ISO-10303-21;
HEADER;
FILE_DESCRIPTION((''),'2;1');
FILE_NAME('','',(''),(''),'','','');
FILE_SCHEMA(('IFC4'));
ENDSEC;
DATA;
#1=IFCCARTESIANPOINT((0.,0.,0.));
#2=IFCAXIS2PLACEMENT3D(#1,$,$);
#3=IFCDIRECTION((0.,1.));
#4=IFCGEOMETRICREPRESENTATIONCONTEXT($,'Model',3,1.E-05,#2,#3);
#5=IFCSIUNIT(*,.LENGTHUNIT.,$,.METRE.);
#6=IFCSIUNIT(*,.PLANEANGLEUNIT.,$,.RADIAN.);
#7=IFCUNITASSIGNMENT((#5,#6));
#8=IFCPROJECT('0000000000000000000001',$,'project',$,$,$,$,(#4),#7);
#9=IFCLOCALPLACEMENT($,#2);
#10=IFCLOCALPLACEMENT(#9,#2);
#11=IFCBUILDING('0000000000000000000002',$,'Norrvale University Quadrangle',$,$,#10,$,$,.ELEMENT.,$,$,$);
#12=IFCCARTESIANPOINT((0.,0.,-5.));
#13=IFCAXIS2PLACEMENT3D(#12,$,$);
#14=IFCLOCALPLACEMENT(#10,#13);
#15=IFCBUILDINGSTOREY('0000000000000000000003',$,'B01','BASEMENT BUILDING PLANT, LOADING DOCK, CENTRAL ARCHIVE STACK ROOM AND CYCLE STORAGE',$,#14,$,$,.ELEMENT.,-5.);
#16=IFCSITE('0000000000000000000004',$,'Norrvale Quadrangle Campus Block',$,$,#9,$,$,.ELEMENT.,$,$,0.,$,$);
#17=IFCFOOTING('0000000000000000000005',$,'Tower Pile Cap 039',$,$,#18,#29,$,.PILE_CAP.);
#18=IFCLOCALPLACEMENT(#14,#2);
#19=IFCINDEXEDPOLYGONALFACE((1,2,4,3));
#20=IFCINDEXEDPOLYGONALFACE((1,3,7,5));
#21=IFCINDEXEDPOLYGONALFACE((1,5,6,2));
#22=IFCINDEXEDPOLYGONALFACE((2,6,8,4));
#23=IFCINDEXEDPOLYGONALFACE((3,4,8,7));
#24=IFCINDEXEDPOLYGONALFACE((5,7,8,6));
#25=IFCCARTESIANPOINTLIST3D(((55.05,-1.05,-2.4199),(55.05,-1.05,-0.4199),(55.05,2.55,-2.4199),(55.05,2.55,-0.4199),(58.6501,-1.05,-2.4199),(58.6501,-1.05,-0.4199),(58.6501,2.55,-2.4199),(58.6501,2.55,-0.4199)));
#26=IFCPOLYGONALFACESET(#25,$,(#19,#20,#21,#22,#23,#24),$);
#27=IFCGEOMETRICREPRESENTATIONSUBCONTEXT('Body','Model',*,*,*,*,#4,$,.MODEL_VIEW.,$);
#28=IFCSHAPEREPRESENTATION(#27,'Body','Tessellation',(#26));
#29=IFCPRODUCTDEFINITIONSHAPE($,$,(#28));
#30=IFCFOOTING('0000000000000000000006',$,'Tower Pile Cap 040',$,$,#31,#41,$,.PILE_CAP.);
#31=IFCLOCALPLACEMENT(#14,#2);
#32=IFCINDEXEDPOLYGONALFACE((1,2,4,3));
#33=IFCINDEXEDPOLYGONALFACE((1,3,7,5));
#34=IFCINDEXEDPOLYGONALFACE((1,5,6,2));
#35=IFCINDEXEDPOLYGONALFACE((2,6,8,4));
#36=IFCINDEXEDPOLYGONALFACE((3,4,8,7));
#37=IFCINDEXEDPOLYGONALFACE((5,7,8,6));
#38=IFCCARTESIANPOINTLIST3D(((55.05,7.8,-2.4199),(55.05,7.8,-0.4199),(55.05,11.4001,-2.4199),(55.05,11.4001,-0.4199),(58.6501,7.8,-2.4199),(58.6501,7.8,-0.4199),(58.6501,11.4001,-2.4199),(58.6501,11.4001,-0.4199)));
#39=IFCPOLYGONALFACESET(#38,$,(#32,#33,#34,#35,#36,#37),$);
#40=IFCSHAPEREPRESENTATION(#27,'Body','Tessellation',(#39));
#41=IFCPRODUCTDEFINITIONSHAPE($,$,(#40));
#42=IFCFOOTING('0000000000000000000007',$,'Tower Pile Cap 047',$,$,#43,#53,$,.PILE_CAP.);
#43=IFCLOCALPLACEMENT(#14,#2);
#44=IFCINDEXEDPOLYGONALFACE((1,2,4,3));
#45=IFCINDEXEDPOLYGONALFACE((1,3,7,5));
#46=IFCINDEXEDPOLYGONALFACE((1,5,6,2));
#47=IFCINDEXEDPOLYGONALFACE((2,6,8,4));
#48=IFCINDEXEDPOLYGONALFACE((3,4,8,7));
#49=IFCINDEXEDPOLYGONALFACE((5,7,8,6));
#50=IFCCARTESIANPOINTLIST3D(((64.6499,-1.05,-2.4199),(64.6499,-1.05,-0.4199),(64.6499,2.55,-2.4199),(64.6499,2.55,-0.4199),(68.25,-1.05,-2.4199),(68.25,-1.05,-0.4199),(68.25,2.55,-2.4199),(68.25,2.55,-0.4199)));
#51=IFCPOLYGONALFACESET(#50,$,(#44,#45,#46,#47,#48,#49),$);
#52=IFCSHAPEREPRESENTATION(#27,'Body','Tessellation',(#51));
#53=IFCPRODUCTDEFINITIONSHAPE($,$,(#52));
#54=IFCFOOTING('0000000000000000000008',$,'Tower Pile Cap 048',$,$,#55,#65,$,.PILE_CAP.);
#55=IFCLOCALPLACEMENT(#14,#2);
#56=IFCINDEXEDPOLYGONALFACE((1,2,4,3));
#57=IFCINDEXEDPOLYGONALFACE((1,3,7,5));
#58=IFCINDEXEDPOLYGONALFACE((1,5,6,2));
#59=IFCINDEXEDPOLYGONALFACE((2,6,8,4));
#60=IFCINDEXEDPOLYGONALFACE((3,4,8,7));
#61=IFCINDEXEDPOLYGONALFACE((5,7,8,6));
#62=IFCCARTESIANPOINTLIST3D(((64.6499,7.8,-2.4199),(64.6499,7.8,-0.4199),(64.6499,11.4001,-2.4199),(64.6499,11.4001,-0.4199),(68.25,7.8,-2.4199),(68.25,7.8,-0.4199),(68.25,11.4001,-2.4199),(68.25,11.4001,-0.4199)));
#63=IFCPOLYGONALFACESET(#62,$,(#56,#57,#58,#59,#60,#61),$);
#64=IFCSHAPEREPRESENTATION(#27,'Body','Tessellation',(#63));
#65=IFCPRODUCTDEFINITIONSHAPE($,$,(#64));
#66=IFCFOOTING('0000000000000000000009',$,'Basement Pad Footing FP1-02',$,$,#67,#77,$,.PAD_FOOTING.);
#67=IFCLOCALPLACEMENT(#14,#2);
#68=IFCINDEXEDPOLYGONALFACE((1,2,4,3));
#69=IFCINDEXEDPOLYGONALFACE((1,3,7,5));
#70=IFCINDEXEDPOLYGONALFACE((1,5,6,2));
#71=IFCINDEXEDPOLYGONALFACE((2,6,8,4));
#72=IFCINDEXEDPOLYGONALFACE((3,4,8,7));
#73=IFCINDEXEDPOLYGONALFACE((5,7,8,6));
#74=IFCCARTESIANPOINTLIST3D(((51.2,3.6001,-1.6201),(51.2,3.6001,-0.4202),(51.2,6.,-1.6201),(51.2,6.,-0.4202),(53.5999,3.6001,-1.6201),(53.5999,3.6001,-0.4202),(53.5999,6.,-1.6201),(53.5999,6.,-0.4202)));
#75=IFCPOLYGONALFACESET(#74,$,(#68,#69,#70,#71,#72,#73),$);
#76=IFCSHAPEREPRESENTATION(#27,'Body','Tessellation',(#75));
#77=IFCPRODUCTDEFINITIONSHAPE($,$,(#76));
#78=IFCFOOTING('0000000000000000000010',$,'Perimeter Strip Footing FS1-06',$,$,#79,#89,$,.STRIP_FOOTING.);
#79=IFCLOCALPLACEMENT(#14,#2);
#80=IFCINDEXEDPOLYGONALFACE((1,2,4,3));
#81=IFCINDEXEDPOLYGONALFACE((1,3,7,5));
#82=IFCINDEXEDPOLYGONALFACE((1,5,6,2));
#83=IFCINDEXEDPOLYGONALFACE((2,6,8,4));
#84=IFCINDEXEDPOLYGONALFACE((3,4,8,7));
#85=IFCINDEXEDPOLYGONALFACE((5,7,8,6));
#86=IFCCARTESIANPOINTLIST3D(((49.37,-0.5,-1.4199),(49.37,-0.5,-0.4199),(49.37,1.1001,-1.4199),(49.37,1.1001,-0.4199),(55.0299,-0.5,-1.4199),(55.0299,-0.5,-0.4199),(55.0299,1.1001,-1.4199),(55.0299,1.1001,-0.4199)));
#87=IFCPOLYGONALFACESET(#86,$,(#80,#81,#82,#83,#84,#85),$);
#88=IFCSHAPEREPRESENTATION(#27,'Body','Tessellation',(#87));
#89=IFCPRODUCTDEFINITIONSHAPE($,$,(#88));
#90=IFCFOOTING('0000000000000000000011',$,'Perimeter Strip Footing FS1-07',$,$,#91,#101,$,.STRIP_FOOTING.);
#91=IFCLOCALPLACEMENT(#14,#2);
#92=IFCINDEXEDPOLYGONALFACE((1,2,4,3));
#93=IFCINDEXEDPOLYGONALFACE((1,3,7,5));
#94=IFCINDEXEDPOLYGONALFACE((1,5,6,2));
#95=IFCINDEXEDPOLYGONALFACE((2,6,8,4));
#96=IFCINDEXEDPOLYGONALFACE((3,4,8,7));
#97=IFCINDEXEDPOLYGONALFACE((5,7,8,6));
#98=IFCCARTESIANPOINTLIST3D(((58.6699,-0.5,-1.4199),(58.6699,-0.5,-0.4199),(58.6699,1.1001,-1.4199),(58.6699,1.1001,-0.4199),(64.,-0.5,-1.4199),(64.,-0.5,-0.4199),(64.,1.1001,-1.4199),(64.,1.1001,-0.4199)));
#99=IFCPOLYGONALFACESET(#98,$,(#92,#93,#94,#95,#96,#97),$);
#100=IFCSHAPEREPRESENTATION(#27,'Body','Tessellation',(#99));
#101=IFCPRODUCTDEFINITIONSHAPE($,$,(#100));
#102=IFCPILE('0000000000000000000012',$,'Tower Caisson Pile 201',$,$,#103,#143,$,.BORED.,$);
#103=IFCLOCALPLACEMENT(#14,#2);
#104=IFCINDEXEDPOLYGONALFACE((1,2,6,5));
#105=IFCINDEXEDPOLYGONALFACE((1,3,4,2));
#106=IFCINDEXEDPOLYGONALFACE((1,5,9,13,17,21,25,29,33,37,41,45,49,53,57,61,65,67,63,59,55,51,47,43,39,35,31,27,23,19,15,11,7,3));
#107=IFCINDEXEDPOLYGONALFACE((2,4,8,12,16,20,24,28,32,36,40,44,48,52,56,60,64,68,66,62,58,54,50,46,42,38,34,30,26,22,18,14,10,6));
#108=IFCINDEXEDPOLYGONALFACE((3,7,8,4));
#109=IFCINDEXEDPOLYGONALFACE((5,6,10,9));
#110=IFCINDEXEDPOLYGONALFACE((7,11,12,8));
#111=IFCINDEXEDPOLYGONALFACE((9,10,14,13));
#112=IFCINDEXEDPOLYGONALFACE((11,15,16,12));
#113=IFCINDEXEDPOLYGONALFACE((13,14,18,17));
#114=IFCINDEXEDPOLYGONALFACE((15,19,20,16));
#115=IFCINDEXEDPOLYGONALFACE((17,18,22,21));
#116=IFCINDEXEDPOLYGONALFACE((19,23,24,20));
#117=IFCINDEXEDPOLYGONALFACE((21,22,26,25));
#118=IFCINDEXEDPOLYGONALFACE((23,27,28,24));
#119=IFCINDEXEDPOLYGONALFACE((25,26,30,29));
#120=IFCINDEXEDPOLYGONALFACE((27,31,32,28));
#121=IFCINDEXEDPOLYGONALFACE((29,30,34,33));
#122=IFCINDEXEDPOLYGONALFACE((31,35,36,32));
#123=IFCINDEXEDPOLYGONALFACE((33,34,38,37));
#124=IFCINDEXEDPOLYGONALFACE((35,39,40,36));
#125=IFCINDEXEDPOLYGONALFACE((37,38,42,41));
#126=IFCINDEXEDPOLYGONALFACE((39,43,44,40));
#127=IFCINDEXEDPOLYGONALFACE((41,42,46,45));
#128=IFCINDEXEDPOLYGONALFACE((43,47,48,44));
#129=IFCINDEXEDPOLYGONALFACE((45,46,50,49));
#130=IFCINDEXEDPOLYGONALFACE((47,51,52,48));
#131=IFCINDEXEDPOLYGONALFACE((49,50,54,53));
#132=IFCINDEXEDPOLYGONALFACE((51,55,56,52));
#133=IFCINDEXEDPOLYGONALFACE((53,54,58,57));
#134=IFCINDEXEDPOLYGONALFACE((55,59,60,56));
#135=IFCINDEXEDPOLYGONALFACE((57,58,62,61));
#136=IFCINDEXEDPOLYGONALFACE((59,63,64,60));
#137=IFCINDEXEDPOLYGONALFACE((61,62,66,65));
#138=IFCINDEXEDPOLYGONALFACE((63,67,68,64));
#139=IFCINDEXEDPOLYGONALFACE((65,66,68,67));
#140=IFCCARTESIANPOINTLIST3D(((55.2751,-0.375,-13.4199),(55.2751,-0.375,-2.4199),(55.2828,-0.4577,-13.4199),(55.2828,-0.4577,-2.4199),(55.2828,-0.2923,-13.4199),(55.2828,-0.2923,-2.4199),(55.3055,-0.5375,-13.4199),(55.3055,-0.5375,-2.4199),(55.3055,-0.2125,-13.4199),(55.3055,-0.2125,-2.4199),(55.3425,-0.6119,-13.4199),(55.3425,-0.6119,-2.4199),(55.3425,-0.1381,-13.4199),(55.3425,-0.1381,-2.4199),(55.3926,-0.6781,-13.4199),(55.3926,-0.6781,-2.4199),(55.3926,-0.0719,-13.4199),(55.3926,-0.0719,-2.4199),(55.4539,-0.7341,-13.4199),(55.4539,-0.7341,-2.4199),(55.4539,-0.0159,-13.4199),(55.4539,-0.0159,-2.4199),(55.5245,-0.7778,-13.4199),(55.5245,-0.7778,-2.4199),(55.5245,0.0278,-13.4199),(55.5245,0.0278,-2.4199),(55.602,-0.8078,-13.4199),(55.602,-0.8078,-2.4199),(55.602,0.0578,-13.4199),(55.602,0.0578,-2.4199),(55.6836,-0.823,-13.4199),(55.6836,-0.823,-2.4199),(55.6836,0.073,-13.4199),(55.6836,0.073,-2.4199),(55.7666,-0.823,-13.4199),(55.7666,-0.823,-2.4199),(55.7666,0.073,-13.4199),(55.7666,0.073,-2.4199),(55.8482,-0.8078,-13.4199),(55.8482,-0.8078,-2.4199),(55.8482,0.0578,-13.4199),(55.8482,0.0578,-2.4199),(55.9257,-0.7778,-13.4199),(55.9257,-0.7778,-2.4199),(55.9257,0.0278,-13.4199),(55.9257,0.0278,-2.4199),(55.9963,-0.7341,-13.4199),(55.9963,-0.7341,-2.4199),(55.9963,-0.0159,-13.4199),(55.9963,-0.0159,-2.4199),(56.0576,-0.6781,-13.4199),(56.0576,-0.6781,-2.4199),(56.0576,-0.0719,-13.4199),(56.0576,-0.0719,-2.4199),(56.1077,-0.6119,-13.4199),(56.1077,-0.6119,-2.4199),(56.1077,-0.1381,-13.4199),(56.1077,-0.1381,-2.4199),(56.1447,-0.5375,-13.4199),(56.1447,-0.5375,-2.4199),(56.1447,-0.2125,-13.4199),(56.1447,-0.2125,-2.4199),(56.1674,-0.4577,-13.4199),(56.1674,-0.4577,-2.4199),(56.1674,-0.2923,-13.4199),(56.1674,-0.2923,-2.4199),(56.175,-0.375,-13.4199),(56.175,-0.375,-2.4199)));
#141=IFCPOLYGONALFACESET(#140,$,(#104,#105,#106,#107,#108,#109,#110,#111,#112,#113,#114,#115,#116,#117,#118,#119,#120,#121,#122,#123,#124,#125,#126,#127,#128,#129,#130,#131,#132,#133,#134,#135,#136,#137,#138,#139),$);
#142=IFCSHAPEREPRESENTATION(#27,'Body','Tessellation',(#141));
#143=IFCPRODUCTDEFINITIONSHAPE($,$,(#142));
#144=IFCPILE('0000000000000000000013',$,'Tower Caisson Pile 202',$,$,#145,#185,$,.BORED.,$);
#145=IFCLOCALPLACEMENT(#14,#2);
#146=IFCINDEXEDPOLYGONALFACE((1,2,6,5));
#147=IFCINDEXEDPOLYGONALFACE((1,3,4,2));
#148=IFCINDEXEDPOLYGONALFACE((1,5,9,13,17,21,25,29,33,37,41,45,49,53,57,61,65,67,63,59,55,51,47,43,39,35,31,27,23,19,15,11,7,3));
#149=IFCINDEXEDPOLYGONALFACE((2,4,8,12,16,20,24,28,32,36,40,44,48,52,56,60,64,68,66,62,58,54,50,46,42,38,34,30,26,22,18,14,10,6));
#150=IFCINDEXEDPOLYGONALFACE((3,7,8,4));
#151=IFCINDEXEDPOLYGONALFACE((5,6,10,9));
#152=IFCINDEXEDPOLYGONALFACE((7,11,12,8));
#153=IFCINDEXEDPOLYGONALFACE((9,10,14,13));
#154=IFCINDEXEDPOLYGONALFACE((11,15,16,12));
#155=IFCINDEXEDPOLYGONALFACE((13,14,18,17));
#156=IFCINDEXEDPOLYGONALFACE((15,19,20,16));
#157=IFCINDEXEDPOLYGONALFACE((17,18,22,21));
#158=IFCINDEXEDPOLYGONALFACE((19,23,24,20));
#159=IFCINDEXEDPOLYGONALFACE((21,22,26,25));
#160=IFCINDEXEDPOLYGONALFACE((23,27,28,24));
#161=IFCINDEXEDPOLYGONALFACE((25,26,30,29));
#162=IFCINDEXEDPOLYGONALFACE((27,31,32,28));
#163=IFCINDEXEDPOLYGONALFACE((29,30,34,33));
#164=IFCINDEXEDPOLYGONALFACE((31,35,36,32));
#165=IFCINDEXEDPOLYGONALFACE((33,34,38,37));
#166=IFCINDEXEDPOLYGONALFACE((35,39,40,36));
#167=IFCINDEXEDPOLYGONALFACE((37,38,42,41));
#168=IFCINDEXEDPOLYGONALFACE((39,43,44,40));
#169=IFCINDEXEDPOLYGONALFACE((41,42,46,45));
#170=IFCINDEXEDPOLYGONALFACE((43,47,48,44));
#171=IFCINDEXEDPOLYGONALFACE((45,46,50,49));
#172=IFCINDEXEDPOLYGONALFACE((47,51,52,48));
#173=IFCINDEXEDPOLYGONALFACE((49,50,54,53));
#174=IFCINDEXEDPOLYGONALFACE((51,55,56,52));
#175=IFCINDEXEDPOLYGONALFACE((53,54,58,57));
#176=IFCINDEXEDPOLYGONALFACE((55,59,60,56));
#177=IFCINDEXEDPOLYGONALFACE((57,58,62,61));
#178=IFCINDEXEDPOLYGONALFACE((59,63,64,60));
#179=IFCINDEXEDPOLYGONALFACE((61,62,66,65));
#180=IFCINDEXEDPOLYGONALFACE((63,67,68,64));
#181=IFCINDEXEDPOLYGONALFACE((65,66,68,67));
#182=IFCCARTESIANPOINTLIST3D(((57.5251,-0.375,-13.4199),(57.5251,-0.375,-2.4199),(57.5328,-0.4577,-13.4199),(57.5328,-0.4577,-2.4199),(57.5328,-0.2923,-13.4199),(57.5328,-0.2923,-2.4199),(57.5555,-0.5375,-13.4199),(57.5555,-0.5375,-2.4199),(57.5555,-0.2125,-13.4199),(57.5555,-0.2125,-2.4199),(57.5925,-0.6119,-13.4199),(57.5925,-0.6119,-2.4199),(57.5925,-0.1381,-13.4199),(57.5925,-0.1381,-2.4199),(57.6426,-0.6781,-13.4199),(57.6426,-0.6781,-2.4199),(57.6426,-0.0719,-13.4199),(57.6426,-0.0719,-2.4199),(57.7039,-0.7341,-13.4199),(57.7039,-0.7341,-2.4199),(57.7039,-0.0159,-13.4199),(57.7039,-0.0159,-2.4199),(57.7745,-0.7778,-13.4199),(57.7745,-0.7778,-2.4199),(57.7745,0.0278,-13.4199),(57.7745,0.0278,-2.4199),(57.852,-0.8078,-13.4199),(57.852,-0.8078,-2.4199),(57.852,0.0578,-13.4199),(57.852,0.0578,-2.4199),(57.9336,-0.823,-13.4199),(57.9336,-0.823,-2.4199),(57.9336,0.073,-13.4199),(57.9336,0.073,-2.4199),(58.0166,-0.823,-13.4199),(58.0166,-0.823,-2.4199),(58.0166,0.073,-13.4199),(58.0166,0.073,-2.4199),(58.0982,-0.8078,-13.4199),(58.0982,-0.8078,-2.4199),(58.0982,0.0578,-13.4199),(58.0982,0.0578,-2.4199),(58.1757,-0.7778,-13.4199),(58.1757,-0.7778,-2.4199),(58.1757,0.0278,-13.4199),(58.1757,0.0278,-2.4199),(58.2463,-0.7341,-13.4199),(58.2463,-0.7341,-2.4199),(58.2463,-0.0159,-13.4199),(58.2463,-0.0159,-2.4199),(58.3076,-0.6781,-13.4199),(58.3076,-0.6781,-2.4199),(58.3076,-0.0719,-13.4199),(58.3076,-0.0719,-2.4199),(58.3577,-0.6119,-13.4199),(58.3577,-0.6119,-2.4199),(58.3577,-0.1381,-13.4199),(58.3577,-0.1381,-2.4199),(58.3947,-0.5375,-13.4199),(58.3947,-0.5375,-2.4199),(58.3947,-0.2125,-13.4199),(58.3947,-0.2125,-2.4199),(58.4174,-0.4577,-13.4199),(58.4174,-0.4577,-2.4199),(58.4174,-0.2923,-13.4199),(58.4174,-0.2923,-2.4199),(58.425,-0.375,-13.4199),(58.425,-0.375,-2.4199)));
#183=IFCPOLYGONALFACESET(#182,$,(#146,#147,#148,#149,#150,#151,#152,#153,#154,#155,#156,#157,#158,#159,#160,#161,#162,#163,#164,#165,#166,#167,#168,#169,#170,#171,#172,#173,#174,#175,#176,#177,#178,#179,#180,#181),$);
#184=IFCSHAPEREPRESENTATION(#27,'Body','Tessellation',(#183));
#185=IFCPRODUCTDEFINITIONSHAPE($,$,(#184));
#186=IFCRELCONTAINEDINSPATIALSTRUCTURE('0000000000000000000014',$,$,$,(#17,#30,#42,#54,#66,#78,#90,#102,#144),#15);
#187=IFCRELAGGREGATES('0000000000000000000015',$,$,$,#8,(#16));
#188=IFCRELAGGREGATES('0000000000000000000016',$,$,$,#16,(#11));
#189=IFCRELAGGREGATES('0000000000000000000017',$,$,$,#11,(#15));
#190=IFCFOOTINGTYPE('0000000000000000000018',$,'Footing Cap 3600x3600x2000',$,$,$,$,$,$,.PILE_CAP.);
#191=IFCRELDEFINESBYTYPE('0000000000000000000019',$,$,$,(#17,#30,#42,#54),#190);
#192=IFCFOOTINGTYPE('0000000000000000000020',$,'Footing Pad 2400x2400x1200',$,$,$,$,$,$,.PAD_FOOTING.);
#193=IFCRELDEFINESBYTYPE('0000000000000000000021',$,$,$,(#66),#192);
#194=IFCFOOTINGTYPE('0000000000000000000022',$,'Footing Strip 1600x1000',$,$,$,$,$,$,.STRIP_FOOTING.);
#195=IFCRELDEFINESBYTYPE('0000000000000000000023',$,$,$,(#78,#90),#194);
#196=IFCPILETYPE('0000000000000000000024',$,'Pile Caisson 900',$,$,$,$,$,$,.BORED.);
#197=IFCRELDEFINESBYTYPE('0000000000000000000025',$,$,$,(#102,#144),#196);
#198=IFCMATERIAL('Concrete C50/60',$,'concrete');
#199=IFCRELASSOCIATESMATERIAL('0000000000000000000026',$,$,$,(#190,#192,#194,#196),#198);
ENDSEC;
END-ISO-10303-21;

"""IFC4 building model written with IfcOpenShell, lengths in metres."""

from ifc_helpers import new_model, si_unit, direction, frame, origin, origin_2d, place, context, subcontext, project, spatial, rectangle, circle, extrude, material, material_profile, profile_set, type_object, element, save


model = new_model("IFC4")

# Units and contexts
model_context = context("Model", 3, precision=1e-05, world=origin(), true_north=direction((0.0, 1.0)))
body_context = subcontext(model_context, "Body", "Model", "MODEL_VIEW")
ifc_project = project(units=[si_unit("LENGTHUNIT", "METRE"), si_unit("PLANEANGLEUNIT", "RADIAN")], contexts=[model_context])

# Site, building, storey
site_placement = place(None, origin())
site = spatial("IfcSite", under=ifc_project, at=site_placement, Name="Norrvale Quadrangle Campus Block", CompositionType="ELEMENT", RefElevation=0.0)
building_placement = place(site_placement, origin())
building = spatial("IfcBuilding", under=site, at=building_placement, Name="Norrvale University Quadrangle", CompositionType="ELEMENT")
storey_placement = place(building_placement, frame((0.0, 0.0, -5.0)))
storey = spatial("IfcBuildingStorey", under=building, at=storey_placement, Name="B01", Description="BASEMENT BUILDING PLANT, LOADING DOCK, CENTRAL ARCHIVE STACK ROOM AND CYCLE STORAGE", CompositionType="ELEMENT", Elevation=-5.0)

# Footings
ifc_material_1 = material(Name="Concrete C50/60", Category="concrete")
footing_type_1 = type_object("IfcFootingType", Name="Footing Cap 3600x3600x2000", PredefinedType="PILE_CAP", material=ifc_material_1)
for number, where, z_axis, x_axis, name in (
    (1, (56.8501, 0.75, -2.4199), (0.0, 0.0, 1.0), (1.0, 0.0, 0.0), "Tower Pile Cap 039"),
    (2, (56.8501, 9.6001, -2.4199), (0.0, 0.0, 1.0), (1.0, 0.0, 0.0), "Tower Pile Cap 040"),
    (3, (66.45, 0.75, -2.4199), (0.0, 0.0, 1.0), (1.0, 0.0, 0.0), "Tower Pile Cap 047"),
    (4, (66.45, 9.6001, -2.4199), (0.0, 0.0, 1.0), (1.0, 0.0, 0.0), "Tower Pile Cap 048"),
):
    element("IfcFooting", number, at=place(storey_placement, frame(where, z_axis=z_axis, x_axis=x_axis)), inside=storey, type_object=footing_type_1, Name=name, PredefinedType="PILE_CAP", context=body_context, shape_type="SweptSolid", body=[
        extrude(rectangle(XDim=3.6001, YDim=3.6001, at=origin_2d()), origin(), (0.0, 0.0, 1.0), 2.0),
    ])
footing_type_2 = type_object("IfcFootingType", Name="Footing Pad 2400x2400x1200", PredefinedType="PAD_FOOTING", material=ifc_material_1)
footing_1_placement = place(storey_placement, frame((52.3999, 4.8, -1.6201), z_axis=(0.0, 0.0, 1.0), x_axis=(1.0, 0.0, 0.0)))
element("IfcFooting", 5, at=footing_1_placement, inside=storey, type_object=footing_type_2, Name="Basement Pad Footing FP1-02", PredefinedType="PAD_FOOTING", context=body_context, shape_type="SweptSolid", body=[
    extrude(rectangle(XDim=2.3999, YDim=2.3999, at=origin_2d()), origin(), (0.0, 0.0, 1.0), 1.2),
])
footing_type_3 = type_object("IfcFootingType", Name="Footing Strip 1600x1000", PredefinedType="STRIP_FOOTING", material=ifc_material_1)
footing_2_placement = place(storey_placement, frame((52.2, 0.3, -1.4199), z_axis=(0.0, 0.0, 1.0), x_axis=(1.0, 0.0, 0.0)))
element("IfcFooting", 6, at=footing_2_placement, inside=storey, type_object=footing_type_3, Name="Perimeter Strip Footing FS1-06", PredefinedType="STRIP_FOOTING", context=body_context, shape_type="SweptSolid", body=[
    extrude(rectangle(XDim=5.6599, YDim=1.6001, at=origin_2d()), origin(), (0.0, 0.0, 1.0), 1.0),
])
footing_3_placement = place(storey_placement, frame((61.335, 0.3, -1.4199), z_axis=(0.0, 0.0, 1.0), x_axis=(1.0, 0.0, 0.0)))
element("IfcFooting", 7, at=footing_3_placement, inside=storey, type_object=footing_type_3, Name="Perimeter Strip Footing FS1-07", PredefinedType="STRIP_FOOTING", context=body_context, shape_type="SweptSolid", body=[
    extrude(rectangle(XDim=5.3301, YDim=1.6001, at=origin_2d()), origin(), (0.0, 0.0, 1.0), 1.0),
])

# Piles
ifc_material_profile_1 = material_profile(ifc_material_1, circle(Radius=0.45, at=origin_2d()), Name="Concrete C50/60")
ifc_profile_set_1 = profile_set([ifc_material_profile_1], Name="Concrete C50/60")
pile_type = type_object("IfcPileType", Name="Pile Caisson 900", PredefinedType="BORED", material=ifc_profile_set_1)
for number, where, z_axis, x_axis, name in (
    (8, (55.7251, -0.375, -2.4199), (0.0, 0.0, -1.0), (1.0, 0.0, 0.0), "Tower Caisson Pile 201"),
    (9, (57.9751, -0.375, -2.4199), (0.0, 0.0, -1.0), (1.0, 0.0, 0.0), "Tower Caisson Pile 202"),
):
    element("IfcPile", number, at=place(storey_placement, frame(where, z_axis=z_axis, x_axis=x_axis)), inside=storey, type_object=pile_type, Name=name, PredefinedType="BORED", context=body_context, shape_type="SweptSolid", body=[
        extrude(circle(Radius=0.45, at=origin_2d()), origin(), (0.0, 0.0, 1.0), 11.0),
    ])

save(model, "model.ifc")
